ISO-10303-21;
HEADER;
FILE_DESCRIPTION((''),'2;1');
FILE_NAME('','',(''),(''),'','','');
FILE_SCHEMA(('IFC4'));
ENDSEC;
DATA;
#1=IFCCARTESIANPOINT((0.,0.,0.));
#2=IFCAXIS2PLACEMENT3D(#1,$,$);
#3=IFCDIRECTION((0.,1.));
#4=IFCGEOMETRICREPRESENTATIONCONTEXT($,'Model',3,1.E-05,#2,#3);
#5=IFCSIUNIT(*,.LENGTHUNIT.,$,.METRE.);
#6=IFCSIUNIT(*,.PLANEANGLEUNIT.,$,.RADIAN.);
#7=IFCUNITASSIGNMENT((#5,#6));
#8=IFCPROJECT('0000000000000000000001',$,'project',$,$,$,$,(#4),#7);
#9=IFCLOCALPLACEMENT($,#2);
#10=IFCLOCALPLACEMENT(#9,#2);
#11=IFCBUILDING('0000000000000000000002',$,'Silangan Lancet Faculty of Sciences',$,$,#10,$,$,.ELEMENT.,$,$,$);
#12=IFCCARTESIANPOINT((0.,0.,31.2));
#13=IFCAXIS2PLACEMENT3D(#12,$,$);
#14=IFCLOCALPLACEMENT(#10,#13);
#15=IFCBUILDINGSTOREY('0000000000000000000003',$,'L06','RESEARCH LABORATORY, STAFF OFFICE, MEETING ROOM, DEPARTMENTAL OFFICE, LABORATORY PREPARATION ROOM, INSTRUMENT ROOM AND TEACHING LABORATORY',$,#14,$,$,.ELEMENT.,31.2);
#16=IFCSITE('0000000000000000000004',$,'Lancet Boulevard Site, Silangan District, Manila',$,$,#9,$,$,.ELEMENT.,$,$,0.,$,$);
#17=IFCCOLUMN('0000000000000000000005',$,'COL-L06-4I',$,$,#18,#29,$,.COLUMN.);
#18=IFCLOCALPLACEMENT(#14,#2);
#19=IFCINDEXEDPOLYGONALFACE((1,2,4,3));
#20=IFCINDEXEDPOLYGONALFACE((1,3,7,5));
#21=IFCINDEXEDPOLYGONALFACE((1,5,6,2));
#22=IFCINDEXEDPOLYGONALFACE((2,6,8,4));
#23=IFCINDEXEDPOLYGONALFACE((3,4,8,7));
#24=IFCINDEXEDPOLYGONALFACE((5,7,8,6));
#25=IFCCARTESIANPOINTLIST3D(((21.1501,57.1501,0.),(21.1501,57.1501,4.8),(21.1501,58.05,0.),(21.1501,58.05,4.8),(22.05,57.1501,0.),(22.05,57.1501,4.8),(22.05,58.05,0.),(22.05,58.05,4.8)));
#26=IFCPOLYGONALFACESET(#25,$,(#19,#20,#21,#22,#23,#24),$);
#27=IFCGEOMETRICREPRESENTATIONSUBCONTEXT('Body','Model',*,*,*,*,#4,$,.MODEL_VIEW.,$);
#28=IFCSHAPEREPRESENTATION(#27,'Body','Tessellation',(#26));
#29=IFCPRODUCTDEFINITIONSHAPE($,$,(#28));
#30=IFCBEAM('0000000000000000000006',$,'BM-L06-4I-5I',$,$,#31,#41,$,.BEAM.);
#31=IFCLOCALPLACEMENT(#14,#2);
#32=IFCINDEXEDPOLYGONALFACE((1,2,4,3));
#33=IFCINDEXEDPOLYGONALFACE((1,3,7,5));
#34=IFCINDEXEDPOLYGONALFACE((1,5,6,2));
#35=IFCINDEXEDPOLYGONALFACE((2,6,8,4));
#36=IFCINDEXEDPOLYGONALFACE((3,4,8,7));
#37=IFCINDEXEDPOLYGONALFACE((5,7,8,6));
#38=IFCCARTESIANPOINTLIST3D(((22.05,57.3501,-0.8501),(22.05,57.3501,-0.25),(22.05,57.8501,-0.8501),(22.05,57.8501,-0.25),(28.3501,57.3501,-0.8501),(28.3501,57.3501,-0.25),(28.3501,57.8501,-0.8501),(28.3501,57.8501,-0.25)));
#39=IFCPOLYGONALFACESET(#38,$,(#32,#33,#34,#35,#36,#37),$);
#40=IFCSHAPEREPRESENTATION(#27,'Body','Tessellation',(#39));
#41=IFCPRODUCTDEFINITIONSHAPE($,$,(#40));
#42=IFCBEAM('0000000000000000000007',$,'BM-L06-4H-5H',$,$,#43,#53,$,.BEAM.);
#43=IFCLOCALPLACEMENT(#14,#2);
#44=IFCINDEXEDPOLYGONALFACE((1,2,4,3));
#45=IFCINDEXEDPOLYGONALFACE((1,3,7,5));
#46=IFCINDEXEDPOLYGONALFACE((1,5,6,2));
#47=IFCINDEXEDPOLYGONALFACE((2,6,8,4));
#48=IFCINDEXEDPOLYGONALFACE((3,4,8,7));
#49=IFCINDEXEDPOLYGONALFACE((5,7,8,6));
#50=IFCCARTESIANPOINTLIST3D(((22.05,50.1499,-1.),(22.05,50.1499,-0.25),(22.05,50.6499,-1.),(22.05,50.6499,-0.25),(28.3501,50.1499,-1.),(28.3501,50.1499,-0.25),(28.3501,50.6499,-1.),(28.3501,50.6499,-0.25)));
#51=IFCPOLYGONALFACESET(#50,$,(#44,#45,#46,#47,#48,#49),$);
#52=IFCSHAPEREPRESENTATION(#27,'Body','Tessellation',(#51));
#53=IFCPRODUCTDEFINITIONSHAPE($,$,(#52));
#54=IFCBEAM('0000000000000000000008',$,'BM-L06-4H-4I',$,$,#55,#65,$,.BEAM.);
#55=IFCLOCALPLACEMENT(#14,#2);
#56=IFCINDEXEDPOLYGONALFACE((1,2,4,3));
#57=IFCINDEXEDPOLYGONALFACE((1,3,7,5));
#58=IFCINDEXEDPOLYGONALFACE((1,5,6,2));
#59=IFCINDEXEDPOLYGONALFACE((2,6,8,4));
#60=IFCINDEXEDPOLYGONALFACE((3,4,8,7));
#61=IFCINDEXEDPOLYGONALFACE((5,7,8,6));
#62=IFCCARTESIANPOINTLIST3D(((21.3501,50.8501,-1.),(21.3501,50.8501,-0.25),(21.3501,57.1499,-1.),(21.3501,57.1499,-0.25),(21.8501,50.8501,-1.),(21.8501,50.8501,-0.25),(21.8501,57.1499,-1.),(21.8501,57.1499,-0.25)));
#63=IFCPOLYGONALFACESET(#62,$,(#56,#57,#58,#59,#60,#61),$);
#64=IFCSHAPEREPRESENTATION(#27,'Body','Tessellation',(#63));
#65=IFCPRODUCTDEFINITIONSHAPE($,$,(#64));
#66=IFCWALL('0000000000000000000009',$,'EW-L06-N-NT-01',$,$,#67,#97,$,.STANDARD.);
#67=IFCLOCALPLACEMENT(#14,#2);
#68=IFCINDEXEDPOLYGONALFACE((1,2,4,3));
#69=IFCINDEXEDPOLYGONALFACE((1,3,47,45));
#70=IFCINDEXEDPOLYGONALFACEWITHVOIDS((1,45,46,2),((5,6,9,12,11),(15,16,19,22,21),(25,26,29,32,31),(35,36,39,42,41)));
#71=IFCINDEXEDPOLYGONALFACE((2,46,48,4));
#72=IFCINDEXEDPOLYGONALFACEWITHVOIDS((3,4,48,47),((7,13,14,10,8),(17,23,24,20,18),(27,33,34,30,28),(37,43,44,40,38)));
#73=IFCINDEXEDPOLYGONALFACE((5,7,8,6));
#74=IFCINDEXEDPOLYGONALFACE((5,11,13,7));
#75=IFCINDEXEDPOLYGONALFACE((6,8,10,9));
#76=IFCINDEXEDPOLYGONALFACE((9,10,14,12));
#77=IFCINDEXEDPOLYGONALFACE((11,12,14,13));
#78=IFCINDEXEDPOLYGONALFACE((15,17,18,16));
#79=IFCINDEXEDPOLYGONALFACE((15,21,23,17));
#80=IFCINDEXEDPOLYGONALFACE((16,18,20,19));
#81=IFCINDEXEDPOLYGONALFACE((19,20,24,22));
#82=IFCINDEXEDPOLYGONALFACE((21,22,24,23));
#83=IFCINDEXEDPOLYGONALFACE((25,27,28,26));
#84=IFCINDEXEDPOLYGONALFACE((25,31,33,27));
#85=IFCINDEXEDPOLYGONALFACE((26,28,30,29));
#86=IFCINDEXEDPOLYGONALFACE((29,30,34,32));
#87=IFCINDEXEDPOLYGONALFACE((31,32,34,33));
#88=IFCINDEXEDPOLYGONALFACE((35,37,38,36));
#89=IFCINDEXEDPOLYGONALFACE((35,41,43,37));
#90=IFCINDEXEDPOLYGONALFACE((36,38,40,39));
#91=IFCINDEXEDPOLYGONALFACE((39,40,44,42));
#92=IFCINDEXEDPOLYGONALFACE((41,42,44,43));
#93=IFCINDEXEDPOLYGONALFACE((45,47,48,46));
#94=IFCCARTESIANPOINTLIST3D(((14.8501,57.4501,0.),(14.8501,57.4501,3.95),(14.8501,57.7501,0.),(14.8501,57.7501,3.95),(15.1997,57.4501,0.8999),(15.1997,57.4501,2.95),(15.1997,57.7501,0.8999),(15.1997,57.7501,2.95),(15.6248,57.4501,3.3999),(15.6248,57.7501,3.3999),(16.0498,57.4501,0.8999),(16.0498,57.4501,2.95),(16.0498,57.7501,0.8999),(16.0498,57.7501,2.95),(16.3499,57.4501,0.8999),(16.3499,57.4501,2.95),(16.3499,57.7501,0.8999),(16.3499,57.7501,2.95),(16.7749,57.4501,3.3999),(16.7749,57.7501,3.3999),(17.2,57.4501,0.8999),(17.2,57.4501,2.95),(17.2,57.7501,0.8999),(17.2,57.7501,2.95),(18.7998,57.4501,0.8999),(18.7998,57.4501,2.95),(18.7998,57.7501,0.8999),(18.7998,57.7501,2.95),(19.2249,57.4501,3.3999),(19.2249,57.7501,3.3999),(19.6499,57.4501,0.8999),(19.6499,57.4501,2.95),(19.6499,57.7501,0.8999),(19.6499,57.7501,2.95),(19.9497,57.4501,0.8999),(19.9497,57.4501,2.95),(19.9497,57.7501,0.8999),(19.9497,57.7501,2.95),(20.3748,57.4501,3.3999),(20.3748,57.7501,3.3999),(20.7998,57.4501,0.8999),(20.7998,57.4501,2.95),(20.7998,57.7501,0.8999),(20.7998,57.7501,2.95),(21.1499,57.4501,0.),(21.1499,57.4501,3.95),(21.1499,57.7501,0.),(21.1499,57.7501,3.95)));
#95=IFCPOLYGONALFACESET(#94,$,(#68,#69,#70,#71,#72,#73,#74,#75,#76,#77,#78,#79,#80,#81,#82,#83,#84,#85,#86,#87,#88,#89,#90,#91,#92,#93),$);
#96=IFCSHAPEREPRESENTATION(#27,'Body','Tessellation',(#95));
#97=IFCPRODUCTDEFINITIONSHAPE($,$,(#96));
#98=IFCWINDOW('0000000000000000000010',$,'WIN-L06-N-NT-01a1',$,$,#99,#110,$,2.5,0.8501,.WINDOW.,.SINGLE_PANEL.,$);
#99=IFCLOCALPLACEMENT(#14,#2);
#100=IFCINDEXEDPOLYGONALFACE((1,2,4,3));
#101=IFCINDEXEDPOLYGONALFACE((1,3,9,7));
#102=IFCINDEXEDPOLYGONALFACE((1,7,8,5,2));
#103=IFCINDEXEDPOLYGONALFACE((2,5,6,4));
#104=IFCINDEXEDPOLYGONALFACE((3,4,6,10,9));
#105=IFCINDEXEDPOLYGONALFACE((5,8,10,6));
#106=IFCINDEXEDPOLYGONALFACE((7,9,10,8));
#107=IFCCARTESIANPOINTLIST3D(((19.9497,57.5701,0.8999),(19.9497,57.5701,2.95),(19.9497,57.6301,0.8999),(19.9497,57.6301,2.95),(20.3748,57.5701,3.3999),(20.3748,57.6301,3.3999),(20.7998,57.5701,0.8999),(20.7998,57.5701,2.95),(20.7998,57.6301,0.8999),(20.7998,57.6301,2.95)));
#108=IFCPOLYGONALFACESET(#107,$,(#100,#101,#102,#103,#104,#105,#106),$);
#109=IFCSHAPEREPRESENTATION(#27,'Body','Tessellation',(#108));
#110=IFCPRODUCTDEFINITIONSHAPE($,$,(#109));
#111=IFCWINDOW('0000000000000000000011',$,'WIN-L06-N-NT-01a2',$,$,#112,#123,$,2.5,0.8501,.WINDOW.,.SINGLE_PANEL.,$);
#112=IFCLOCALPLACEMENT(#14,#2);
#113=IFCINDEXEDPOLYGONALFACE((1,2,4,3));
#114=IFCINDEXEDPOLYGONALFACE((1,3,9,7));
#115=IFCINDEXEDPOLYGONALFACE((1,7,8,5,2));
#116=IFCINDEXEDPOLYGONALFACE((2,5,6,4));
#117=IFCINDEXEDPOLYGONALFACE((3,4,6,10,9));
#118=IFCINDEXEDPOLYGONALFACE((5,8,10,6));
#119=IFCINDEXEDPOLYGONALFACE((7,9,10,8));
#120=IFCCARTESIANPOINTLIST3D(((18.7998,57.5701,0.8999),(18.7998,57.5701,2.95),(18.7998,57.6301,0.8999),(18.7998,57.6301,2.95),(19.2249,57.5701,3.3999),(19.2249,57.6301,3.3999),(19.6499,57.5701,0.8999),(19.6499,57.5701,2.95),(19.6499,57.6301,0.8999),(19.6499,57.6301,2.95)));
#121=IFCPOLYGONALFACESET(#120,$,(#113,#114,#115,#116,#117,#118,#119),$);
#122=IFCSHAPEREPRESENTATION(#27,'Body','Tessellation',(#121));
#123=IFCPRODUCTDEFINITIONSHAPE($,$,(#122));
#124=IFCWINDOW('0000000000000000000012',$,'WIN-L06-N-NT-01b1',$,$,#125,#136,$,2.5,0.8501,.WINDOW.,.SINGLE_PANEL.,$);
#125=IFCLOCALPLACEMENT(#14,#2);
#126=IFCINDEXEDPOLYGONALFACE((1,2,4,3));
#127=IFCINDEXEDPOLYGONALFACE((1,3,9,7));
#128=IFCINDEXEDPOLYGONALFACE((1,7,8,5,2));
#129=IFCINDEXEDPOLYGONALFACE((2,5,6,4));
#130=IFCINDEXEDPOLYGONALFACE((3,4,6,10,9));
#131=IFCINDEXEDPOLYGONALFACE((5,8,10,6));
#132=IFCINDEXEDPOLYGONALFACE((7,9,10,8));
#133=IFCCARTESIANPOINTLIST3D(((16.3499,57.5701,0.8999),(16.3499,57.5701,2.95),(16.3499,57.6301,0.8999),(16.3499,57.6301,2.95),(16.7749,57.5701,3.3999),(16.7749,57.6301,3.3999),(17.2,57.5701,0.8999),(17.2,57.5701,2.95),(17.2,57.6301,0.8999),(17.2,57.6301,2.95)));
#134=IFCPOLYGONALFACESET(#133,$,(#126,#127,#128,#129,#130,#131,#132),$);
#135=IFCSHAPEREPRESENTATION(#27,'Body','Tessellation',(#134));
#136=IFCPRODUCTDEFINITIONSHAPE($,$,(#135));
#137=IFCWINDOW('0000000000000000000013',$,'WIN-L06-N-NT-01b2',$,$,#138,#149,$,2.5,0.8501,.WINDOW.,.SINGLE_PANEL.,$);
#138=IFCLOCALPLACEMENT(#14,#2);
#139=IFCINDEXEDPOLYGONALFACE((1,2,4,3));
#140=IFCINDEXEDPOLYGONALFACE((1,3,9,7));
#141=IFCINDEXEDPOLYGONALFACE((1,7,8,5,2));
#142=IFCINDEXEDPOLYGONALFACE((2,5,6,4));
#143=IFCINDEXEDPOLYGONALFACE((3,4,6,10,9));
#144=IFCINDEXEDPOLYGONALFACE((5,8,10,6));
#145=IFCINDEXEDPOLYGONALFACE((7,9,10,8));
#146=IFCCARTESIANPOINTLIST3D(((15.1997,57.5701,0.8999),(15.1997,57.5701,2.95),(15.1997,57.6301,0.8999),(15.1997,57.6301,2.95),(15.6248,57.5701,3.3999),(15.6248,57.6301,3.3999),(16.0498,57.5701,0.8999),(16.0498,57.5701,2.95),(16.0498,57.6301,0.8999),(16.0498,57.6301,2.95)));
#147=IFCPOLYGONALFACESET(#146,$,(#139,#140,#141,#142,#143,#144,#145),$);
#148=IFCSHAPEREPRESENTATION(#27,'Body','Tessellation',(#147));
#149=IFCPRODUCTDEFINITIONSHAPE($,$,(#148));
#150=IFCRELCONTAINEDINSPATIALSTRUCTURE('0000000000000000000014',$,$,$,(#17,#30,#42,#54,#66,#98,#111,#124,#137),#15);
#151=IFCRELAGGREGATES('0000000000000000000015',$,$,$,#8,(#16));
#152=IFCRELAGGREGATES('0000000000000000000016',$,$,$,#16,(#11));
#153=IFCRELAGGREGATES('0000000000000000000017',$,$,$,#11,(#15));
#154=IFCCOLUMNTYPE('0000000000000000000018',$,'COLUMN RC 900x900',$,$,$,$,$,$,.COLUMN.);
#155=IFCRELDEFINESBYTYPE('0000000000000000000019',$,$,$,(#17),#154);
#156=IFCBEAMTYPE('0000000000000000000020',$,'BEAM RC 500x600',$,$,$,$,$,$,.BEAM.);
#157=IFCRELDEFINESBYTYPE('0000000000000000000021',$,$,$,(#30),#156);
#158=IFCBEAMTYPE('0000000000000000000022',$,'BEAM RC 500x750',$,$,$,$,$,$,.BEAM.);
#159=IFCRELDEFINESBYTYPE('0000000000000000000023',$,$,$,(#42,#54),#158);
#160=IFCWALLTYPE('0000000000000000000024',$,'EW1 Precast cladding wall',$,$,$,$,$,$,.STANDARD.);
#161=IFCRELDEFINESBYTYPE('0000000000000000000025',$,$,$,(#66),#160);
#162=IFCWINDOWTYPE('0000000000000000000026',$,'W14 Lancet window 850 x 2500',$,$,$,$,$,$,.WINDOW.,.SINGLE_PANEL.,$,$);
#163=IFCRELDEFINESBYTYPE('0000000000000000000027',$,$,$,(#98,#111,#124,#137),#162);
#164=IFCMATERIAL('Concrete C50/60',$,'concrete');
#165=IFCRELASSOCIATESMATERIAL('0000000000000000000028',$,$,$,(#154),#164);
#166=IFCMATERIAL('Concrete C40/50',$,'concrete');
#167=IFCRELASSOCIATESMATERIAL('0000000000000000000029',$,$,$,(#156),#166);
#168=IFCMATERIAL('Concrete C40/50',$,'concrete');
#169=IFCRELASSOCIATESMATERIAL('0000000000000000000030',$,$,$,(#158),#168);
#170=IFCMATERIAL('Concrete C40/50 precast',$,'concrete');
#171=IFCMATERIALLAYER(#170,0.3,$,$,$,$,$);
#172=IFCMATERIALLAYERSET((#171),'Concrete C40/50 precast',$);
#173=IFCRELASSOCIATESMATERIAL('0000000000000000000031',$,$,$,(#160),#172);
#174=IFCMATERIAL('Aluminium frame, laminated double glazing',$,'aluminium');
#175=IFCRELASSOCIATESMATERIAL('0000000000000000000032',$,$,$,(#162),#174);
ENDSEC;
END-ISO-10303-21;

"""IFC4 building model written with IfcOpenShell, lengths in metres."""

from ifc_helpers import new_model, si_unit, direction, frame, frame_2d, origin, origin_2d, place, context, subcontext, project, spatial, polyline, rectangle, outline, extrude, material, layer, layer_set, material_profile, profile_set, type_object, element, fill, save


model = new_model("IFC4")

# Units and contexts
model_context = context("Model", 3, precision=1e-05, world=origin(), true_north=direction((0.0, 1.0)))
body_context = subcontext(model_context, "Body", "Model", "MODEL_VIEW")
ifc_project = project(units=[si_unit("LENGTHUNIT", "METRE"), si_unit("PLANEANGLEUNIT", "RADIAN")], contexts=[model_context])

# Site, building, storey
site_placement = place(None, origin())
site = spatial("IfcSite", under=ifc_project, at=site_placement, Name="Lancet Boulevard Site, Silangan District, Manila", CompositionType="ELEMENT", RefElevation=0.0)
building_placement = place(site_placement, origin())
building = spatial("IfcBuilding", under=site, at=building_placement, Name="Silangan Lancet Faculty of Sciences", CompositionType="ELEMENT")
storey_placement = place(building_placement, frame((0.0, 0.0, 31.2)))
storey = spatial("IfcBuildingStorey", under=building, at=storey_placement, Name="L06", Description="RESEARCH LABORATORY, STAFF OFFICE, MEETING ROOM, DEPARTMENTAL OFFICE, LABORATORY PREPARATION ROOM, INSTRUMENT ROOM AND TEACHING LABORATORY", CompositionType="ELEMENT", Elevation=31.2)

# Column
ifc_material_1 = material(Name="Concrete C50/60", Category="concrete")
ifc_material_profile_1 = material_profile(ifc_material_1, rectangle(XDim=0.8999, YDim=0.8999, at=origin_2d()), Name="RC 900x900")
ifc_profile_set_1 = profile_set([ifc_material_profile_1], Name="Concrete C50/60")
column_type = type_object("IfcColumnType", Name="COLUMN RC 900x900", PredefinedType="COLUMN", material=ifc_profile_set_1)
column_placement = place(storey_placement, frame((21.6001, 57.6001, 0.0), z_axis=(0.0, 0.0, 1.0), x_axis=(1.0, 0.0, 0.0)))
element("IfcColumn", 1, at=column_placement, inside=storey, type_object=column_type, Name="COL-L06-4I", PredefinedType="COLUMN", context=body_context, shape_type="SweptSolid", body=[
    extrude(rectangle(XDim=0.8999, YDim=0.8999, at=origin_2d()), origin(), (0.0, 0.0, 1.0), 4.8),
])

# Beams
ifc_material_2 = material(Name="Concrete C40/50", Category="concrete")
ifc_material_profile_2 = material_profile(ifc_material_2, rectangle(XDim=0.5, YDim=0.6001, at=origin_2d()), Name="RC 500x600")
ifc_profile_set_2 = profile_set([ifc_material_profile_2], Name="Concrete C40/50")
beam_type_1 = type_object("IfcBeamType", Name="BEAM RC 500x600", PredefinedType="BEAM", material=ifc_profile_set_2)
beam_1_placement = place(storey_placement, frame((22.05, 57.6001, -0.55), z_axis=(1.0, 0.0, 0.0), x_axis=(0.0, 1.0, 0.0)))
element("IfcBeam", 2, at=beam_1_placement, inside=storey, type_object=beam_type_1, Name="BM-L06-4I-5I", PredefinedType="BEAM", context=body_context, shape_type="SweptSolid", body=[
    extrude(rectangle(XDim=0.5, YDim=0.6001, at=origin_2d()), origin(), (0.0, 0.0, 1.0), 6.3),
])
ifc_material_3 = material(Name="Concrete C40/50", Category="concrete")
ifc_material_profile_3 = material_profile(ifc_material_3, rectangle(XDim=0.5, YDim=0.75, at=origin_2d()), Name="RC 500x750")
ifc_profile_set_3 = profile_set([ifc_material_profile_3], Name="Concrete C40/50")
beam_type_2 = type_object("IfcBeamType", Name="BEAM RC 500x750", PredefinedType="BEAM", material=ifc_profile_set_3)
beam_2_placement = place(storey_placement, frame((22.05, 50.3999, -0.625), z_axis=(1.0, 0.0, 0.0), x_axis=(0.0, 1.0, 0.0)))
element("IfcBeam", 3, at=beam_2_placement, inside=storey, type_object=beam_type_2, Name="BM-L06-4H-5H", PredefinedType="BEAM", context=body_context, shape_type="SweptSolid", body=[
    extrude(rectangle(XDim=0.5, YDim=0.75, at=origin_2d()), origin(), (0.0, 0.0, 1.0), 6.3),
])
beam_3_placement = place(storey_placement, frame((21.6001, 50.8501, -0.625), z_axis=(0.0, 1.0, 0.0), x_axis=(-1.0, 0.0, 0.0)))
element("IfcBeam", 4, at=beam_3_placement, inside=storey, type_object=beam_type_2, Name="BM-L06-4H-4I", PredefinedType="BEAM", context=body_context, shape_type="SweptSolid", body=[
    extrude(rectangle(XDim=0.5, YDim=0.75, at=origin_2d()), origin(), (0.0, 0.0, 1.0), 6.2998),
])

# Wall, openings, windows
ifc_material_4 = material(Name="Concrete C40/50 precast", Category="concrete")
ifc_layer_1 = layer(ifc_material_4, 0.3)
ifc_layer_set_1 = layer_set([ifc_layer_1], Name="Concrete C40/50 precast")
wall_type_1 = type_object("IfcWallType", Name="EW1 Precast cladding wall", PredefinedType="STANDARD", material=ifc_layer_set_1)
wall_1_placement = place(storey_placement, frame((21.1499, 57.6001, 0.0), z_axis=(0.0, 0.0, 1.0), x_axis=(-1.0, 0.0, 0.0)))
wall_1 = element("IfcWall", 5, at=wall_1_placement, inside=storey, type_object=wall_type_1, Name="EW-L06-N-NT-01", PredefinedType="STANDARD", context=body_context, shape_type="SweptSolid", body=[
    extrude(rectangle(XDim=6.2998, YDim=0.3, at=frame_2d((3.1499, 0.0))), origin(), (0.0, 0.0, 1.0), 3.95),
])
opening_1_placement = place(wall_1_placement, frame((0.3501, 0.0, 0.8999)))
opening_1 = element("IfcOpeningElement", 6, at=opening_1_placement, cuts=wall_1, PredefinedType="OPENING", context=body_context, shape_type="SweptSolid", body=[
    extrude(outline(polyline([(0.0, 0.0), (0.8501, 0.0), (0.8501, 2.05), (0.425, 2.5), (0.0, 2.05), (0.0, 0.0)])), frame((0.0, 0.1599, 0.0), z_axis=(0.0, -1.0, 0.0), x_axis=(1.0, 0.0, 0.0)), (0.0, 0.0, 1.0), 0.3201),
])
opening_2_placement = place(wall_1_placement, frame((1.5, 0.0, 0.8999)))
opening_2 = element("IfcOpeningElement", 7, at=opening_2_placement, cuts=wall_1, PredefinedType="OPENING", context=body_context, shape_type="SweptSolid", body=[
    extrude(outline(polyline([(0.0, 0.0), (0.8501, 0.0), (0.8501, 2.05), (0.425, 2.5), (0.0, 2.05), (0.0, 0.0)])), frame((0.0, 0.1599, 0.0), z_axis=(0.0, -1.0, 0.0), x_axis=(1.0, 0.0, 0.0)), (0.0, 0.0, 1.0), 0.3201),
])
opening_3_placement = place(wall_1_placement, frame((3.95, 0.0, 0.8999)))
opening_3 = element("IfcOpeningElement", 8, at=opening_3_placement, cuts=wall_1, PredefinedType="OPENING", context=body_context, shape_type="SweptSolid", body=[
    extrude(outline(polyline([(0.0, 0.0), (0.8501, 0.0), (0.8501, 2.05), (0.425, 2.5), (0.0, 2.05), (0.0, 0.0)])), frame((0.0, 0.1599, 0.0), z_axis=(0.0, -1.0, 0.0), x_axis=(1.0, 0.0, 0.0)), (0.0, 0.0, 1.0), 0.3201),
])
opening_4_placement = place(wall_1_placement, frame((5.1001, 0.0, 0.8999)))
opening_4 = element("IfcOpeningElement", 9, at=opening_4_placement, cuts=wall_1, PredefinedType="OPENING", context=body_context, shape_type="SweptSolid", body=[
    extrude(outline(polyline([(0.0, 0.0), (0.8501, 0.0), (0.8501, 2.05), (0.425, 2.5), (0.0, 2.05), (0.0, 0.0)])), frame((0.0, 0.1599, 0.0), z_axis=(0.0, -1.0, 0.0), x_axis=(1.0, 0.0, 0.0)), (0.0, 0.0, 1.0), 0.3201),
])
ifc_material_5 = material(Name="Aluminium frame, laminated double glazing", Category="aluminium")
window_type = type_object("IfcWindowType", Name="W14 Lancet window 850 x 2500", PartitioningType="SINGLE_PANEL", PredefinedType="WINDOW", material=ifc_material_5)
window_1_placement = place(opening_1_placement, origin())
window_1 = element("IfcWindow", 10, at=window_1_placement, inside=storey, type_object=window_type, Name="WIN-L06-N-NT-01a1", OverallHeight=2.5, OverallWidth=0.8501, PartitioningType="SINGLE_PANEL", PredefinedType="WINDOW", context=body_context, shape_type="SweptSolid", body=[
    extrude(outline(polyline([(0.0, 0.0), (0.8501, 0.0), (0.8501, 2.05), (0.425, 2.5), (0.0, 2.05), (0.0, 0.0)])), frame((0.0, 0.03, 0.0), z_axis=(0.0, -1.0, 0.0), x_axis=(1.0, 0.0, 0.0)), (0.0, 0.0, 1.0), 0.0601),
])
fill(opening_1, window_1)
window_2_placement = place(opening_2_placement, origin())
window_2 = element("IfcWindow", 11, at=window_2_placement, inside=storey, type_object=window_type, Name="WIN-L06-N-NT-01a2", OverallHeight=2.5, OverallWidth=0.8501, PartitioningType="SINGLE_PANEL", PredefinedType="WINDOW", context=body_context, shape_type="SweptSolid", body=[
    extrude(outline(polyline([(0.0, 0.0), (0.8501, 0.0), (0.8501, 2.05), (0.425, 2.5), (0.0, 2.05), (0.0, 0.0)])), frame((0.0, 0.03, 0.0), z_axis=(0.0, -1.0, 0.0), x_axis=(1.0, 0.0, 0.0)), (0.0, 0.0, 1.0), 0.0601),
])
fill(opening_2, window_2)
window_3_placement = place(opening_3_placement, origin())
window_3 = element("IfcWindow", 12, at=window_3_placement, inside=storey, type_object=window_type, Name="WIN-L06-N-NT-01b1", OverallHeight=2.5, OverallWidth=0.8501, PartitioningType="SINGLE_PANEL", PredefinedType="WINDOW", context=body_context, shape_type="SweptSolid", body=[
    extrude(outline(polyline([(0.0, 0.0), (0.8501, 0.0), (0.8501, 2.05), (0.425, 2.5), (0.0, 2.05), (0.0, 0.0)])), frame((0.0, 0.03, 0.0), z_axis=(0.0, -1.0, 0.0), x_axis=(1.0, 0.0, 0.0)), (0.0, 0.0, 1.0), 0.0601),
])
fill(opening_3, window_3)
window_4_placement = place(opening_4_placement, origin())
window_4 = element("IfcWindow", 13, at=window_4_placement, inside=storey, type_object=window_type, Name="WIN-L06-N-NT-01b2", OverallHeight=2.5, OverallWidth=0.8501, PartitioningType="SINGLE_PANEL", PredefinedType="WINDOW", context=body_context, shape_type="SweptSolid", body=[
    extrude(outline(polyline([(0.0, 0.0), (0.8501, 0.0), (0.8501, 2.05), (0.425, 2.5), (0.0, 2.05), (0.0, 0.0)])), frame((0.0, 0.03, 0.0), z_axis=(0.0, -1.0, 0.0), x_axis=(1.0, 0.0, 0.0)), (0.0, 0.0, 1.0), 0.0601),
])
fill(opening_4, window_4)

save(model, "model.ifc")
